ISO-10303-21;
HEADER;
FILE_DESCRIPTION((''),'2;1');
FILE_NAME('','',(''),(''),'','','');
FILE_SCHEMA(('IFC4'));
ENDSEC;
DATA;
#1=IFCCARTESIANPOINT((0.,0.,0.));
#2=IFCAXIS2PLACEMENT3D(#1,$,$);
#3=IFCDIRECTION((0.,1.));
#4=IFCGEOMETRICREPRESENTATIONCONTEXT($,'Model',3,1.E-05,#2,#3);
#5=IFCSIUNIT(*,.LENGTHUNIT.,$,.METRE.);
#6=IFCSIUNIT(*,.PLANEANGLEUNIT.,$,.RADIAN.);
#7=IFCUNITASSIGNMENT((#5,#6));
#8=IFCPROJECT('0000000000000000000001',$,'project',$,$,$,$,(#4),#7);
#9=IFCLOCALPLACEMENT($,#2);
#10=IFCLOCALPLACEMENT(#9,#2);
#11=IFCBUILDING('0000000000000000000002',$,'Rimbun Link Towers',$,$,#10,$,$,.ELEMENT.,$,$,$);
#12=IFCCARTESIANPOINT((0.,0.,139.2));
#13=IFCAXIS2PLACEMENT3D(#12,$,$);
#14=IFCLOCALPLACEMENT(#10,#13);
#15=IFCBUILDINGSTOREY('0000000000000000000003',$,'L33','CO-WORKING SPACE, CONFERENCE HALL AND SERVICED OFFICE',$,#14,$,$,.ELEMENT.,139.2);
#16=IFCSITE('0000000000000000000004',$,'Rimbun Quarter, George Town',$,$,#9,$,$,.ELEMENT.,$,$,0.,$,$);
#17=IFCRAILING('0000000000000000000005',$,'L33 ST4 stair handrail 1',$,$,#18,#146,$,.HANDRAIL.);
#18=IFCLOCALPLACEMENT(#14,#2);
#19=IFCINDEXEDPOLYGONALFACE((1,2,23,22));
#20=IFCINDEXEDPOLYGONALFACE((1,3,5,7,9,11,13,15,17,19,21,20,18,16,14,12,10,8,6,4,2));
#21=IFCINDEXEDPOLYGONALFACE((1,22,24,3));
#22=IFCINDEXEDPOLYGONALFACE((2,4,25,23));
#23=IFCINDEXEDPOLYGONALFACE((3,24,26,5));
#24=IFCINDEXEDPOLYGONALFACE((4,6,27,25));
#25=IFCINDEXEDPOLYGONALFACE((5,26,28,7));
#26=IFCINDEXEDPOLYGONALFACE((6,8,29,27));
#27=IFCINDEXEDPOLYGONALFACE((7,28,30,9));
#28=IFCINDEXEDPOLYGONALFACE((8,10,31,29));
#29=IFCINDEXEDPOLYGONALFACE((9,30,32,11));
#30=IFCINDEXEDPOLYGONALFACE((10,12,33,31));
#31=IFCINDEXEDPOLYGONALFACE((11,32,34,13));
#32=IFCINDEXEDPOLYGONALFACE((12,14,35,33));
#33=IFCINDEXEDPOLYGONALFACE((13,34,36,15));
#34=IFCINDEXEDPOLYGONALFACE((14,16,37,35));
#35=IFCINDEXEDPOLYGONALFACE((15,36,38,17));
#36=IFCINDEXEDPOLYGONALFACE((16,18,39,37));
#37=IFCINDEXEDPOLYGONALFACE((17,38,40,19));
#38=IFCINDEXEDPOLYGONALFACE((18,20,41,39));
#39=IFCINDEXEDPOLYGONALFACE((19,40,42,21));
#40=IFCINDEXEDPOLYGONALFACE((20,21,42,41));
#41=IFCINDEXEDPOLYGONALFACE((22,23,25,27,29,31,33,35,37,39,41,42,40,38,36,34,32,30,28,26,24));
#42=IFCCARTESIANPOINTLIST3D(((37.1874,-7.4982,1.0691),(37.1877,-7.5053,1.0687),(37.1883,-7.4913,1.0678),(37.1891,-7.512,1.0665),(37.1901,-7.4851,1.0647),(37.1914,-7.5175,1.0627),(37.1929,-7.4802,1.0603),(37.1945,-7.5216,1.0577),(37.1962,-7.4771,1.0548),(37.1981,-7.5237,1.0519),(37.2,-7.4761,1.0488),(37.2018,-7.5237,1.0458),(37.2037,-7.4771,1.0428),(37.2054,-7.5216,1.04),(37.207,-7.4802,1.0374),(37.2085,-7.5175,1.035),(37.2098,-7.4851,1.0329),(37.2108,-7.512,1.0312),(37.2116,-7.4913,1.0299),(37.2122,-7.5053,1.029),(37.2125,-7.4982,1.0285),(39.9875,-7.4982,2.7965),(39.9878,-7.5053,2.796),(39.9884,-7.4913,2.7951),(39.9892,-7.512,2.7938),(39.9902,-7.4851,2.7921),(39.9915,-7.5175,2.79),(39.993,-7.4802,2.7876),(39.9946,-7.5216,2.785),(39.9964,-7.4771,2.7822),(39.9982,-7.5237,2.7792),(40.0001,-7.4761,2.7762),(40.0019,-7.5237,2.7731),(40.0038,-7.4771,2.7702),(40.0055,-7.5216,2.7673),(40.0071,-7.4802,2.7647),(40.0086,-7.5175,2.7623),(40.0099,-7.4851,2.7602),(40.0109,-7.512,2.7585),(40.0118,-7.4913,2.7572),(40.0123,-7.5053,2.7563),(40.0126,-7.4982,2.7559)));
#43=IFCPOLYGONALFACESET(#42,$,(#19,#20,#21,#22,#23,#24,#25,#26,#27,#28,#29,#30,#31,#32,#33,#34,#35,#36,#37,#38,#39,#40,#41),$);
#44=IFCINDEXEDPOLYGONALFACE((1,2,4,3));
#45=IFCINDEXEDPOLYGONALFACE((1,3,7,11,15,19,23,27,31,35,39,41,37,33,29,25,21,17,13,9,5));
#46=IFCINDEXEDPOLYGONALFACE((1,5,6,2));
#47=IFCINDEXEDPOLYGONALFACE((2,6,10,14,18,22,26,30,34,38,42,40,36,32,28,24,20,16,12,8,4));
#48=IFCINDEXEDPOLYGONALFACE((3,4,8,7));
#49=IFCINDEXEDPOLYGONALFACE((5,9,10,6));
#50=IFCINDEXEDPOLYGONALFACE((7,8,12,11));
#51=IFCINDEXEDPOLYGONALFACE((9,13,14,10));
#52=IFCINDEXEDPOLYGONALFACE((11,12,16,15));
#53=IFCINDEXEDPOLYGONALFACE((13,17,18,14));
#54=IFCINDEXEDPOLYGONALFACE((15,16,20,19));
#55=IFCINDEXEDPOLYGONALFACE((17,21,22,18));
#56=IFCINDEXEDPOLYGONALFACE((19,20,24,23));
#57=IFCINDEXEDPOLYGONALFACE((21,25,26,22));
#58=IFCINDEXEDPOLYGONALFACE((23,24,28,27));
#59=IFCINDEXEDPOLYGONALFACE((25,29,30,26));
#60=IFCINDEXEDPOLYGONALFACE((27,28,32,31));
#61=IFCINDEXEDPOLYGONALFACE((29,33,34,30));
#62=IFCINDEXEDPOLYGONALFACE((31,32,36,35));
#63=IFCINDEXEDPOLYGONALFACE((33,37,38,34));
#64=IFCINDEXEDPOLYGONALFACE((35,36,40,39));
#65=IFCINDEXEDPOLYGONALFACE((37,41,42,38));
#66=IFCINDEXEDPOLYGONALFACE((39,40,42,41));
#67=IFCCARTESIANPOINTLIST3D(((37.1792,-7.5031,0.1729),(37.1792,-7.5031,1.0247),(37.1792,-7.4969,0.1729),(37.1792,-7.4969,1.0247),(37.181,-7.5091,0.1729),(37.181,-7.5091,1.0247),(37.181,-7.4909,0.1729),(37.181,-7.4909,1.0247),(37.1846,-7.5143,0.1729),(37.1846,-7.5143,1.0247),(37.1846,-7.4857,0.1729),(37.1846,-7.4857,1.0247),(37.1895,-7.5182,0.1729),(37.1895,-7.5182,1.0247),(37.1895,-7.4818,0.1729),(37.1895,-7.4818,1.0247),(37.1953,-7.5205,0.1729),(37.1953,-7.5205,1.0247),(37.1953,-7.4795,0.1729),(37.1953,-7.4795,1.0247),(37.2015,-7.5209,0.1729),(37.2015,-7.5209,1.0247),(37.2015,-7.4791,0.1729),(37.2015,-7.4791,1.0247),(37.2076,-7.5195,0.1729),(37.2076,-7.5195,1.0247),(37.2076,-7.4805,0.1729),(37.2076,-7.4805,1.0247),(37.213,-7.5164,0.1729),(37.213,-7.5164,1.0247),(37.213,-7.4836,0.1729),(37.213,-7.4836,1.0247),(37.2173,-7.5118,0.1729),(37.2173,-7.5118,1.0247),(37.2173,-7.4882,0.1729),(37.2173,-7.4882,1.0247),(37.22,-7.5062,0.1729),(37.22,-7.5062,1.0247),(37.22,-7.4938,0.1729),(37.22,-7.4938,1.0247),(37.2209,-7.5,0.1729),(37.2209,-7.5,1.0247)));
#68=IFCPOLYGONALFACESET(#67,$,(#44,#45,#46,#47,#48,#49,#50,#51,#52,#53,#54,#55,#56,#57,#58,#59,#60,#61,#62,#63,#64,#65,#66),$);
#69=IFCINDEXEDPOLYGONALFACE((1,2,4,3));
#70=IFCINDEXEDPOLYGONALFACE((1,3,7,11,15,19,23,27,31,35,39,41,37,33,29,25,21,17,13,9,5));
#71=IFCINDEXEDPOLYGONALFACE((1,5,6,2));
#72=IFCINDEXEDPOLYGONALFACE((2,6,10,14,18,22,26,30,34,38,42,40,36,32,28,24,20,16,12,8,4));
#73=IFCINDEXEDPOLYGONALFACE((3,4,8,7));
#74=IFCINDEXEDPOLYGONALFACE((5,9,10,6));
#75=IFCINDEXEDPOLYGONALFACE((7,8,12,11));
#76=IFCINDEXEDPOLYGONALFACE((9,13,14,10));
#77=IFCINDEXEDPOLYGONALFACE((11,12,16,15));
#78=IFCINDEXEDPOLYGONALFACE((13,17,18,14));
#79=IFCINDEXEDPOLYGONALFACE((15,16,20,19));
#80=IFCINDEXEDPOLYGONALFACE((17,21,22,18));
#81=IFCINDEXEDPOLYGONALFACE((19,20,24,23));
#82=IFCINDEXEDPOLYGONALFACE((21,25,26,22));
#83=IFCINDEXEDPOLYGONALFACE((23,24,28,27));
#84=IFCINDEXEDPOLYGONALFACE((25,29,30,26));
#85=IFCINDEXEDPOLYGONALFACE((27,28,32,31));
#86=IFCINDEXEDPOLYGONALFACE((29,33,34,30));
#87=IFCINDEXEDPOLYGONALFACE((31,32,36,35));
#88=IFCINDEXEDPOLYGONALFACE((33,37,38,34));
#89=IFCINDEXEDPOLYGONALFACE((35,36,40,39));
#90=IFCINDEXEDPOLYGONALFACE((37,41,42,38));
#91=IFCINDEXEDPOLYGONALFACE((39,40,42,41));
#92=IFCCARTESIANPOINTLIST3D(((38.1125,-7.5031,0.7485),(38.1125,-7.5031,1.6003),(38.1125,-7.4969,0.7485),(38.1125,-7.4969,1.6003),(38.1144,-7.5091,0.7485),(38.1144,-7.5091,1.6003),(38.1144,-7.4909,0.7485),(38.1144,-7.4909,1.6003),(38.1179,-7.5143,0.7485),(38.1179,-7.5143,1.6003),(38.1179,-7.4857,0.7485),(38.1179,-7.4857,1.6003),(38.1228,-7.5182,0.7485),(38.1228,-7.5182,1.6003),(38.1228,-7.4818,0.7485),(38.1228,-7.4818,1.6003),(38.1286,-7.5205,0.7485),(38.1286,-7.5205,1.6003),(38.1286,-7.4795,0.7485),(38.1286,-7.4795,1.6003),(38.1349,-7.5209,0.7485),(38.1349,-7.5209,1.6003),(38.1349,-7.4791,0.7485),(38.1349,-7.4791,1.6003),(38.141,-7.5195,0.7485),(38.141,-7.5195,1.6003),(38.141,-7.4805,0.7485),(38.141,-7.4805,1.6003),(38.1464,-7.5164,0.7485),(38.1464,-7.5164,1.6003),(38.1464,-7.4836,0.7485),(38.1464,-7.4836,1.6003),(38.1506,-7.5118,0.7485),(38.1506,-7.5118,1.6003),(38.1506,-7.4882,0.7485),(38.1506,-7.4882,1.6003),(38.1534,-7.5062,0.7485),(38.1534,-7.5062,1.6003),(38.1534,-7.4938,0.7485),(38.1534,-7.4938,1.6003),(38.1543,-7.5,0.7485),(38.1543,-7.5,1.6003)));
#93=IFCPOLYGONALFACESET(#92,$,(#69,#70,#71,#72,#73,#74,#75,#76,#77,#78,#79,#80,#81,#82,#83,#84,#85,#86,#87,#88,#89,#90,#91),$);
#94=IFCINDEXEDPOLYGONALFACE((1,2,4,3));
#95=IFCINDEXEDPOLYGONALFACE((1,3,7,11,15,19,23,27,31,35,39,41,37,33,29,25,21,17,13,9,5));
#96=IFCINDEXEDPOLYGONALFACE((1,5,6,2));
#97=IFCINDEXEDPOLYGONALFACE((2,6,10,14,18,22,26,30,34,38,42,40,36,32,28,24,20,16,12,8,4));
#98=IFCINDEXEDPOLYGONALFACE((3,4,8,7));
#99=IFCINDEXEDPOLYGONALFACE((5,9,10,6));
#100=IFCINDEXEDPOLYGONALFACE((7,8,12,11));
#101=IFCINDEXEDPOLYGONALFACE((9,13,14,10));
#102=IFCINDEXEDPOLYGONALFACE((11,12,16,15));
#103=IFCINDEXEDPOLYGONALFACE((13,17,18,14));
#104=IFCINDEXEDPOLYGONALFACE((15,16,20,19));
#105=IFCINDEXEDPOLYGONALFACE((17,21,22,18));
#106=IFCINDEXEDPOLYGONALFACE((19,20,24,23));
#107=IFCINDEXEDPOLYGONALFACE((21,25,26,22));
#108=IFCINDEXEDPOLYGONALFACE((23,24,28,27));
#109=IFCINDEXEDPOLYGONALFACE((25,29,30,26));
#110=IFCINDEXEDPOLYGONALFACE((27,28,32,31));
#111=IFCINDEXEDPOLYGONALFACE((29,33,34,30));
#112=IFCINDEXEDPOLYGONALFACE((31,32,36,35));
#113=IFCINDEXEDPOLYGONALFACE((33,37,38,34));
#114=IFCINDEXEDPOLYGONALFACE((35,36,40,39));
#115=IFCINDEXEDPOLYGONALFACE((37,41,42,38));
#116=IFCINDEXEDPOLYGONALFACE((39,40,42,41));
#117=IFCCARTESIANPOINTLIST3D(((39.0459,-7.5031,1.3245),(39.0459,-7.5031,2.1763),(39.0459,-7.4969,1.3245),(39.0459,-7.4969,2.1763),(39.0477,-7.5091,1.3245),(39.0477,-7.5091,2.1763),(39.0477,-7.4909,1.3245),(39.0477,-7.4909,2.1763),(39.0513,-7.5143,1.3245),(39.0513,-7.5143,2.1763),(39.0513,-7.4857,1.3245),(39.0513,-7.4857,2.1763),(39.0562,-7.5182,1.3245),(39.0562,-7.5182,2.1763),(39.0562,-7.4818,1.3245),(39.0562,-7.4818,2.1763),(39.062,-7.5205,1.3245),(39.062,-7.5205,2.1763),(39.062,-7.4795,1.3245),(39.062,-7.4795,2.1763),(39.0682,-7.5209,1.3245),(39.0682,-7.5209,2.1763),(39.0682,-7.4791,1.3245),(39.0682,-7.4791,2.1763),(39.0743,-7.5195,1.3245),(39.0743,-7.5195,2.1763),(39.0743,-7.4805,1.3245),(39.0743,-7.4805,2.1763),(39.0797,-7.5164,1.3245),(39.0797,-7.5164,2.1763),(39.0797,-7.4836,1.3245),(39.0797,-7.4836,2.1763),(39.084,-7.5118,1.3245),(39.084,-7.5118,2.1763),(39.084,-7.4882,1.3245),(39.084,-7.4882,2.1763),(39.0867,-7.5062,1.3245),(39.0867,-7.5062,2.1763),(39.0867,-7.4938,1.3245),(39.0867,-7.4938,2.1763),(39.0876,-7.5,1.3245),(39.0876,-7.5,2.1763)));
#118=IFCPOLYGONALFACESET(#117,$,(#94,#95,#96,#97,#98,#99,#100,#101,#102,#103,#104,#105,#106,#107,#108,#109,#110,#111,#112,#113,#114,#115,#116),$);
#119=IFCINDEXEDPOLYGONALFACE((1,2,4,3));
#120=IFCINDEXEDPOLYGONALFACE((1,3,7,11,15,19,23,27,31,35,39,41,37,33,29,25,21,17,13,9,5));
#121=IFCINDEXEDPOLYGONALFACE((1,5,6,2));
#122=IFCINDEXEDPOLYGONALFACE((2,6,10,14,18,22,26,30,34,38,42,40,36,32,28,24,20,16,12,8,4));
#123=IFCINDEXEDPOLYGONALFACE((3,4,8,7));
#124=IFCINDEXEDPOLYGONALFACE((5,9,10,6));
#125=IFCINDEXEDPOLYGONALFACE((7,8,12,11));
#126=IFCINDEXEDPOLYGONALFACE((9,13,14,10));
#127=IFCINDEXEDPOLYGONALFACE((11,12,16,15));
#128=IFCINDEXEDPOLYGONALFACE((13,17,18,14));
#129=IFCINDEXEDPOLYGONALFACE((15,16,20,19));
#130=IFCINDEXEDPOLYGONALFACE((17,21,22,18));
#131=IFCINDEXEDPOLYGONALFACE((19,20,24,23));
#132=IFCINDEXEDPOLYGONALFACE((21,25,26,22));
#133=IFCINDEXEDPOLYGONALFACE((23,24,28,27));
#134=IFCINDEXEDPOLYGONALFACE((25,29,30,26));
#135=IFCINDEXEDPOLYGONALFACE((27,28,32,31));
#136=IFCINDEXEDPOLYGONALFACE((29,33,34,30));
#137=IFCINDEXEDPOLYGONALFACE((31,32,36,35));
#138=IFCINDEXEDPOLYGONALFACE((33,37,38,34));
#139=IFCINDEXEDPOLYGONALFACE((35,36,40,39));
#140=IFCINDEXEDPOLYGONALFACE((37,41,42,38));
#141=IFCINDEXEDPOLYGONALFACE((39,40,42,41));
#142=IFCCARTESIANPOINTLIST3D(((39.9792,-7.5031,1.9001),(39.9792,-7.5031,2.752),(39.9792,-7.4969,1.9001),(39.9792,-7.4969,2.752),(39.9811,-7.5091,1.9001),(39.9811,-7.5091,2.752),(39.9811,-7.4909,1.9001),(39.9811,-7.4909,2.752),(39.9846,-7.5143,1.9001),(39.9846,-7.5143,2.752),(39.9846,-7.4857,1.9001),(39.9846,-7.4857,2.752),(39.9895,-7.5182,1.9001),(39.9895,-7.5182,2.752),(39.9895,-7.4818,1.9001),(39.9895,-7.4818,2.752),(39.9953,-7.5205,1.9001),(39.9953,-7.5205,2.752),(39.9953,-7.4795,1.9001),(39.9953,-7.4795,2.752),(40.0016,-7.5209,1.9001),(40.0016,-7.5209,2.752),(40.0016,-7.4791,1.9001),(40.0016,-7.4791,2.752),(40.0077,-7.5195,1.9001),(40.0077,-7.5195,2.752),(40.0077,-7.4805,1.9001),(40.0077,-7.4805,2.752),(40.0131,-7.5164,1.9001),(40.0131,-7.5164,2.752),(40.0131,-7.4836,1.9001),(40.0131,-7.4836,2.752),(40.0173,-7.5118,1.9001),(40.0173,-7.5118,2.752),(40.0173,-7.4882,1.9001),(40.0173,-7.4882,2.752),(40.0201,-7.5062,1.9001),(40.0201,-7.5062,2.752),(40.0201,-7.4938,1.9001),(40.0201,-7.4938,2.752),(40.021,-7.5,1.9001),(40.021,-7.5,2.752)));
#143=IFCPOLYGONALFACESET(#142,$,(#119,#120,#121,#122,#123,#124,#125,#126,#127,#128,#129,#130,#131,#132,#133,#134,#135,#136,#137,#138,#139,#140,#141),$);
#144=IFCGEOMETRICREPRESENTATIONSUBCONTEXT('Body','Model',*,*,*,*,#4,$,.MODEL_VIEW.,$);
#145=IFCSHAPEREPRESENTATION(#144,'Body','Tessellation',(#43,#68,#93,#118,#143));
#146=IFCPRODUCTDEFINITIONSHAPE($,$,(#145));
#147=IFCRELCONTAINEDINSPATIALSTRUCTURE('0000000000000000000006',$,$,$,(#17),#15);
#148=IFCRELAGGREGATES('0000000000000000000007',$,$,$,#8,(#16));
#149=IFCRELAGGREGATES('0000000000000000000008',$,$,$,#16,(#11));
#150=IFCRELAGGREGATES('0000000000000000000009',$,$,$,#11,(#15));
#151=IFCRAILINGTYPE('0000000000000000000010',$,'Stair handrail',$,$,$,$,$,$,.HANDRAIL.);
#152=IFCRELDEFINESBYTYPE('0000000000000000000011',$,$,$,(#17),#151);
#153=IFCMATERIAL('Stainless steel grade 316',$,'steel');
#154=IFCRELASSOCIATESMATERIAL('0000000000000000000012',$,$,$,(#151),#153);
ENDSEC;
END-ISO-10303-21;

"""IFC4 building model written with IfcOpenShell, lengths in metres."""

from ifc_helpers import new_model, si_unit, direction, frame, origin, origin_2d, place, context, subcontext, project, spatial, circle, extrude, material, type_object, element, save


model = new_model("IFC4")

# Units and contexts
model_context = context("Model", 3, precision=1e-05, world=origin(), true_north=direction((0.0, 1.0)))
body_context = subcontext(model_context, "Body", "Model", "MODEL_VIEW")
ifc_project = project(units=[si_unit("LENGTHUNIT", "METRE"), si_unit("PLANEANGLEUNIT", "RADIAN")], contexts=[model_context])

# Site, building, storey
site_placement = place(None, origin())
site = spatial("IfcSite", under=ifc_project, at=site_placement, Name="Rimbun Quarter, George Town", CompositionType="ELEMENT", RefElevation=0.0)
building_placement = place(site_placement, origin())
building = spatial("IfcBuilding", under=site, at=building_placement, Name="Rimbun Link Towers", CompositionType="ELEMENT")
storey_placement = place(building_placement, frame((0.0, 0.0, 139.2)))
storey = spatial("IfcBuildingStorey", under=building, at=storey_placement, Name="L33", Description="CO-WORKING SPACE, CONFERENCE HALL AND SERVICED OFFICE", CompositionType="ELEMENT", Elevation=139.2)

# Railing
ifc_material_1 = material(Name="Stainless steel grade 316", Category="steel")
railing_type_1 = type_object("IfcRailingType", Name="Stair handrail", PredefinedType="HANDRAIL", material=ifc_material_1)
railing_1_placement = place(storey_placement, frame((37.2, -7.5, 0.1729)))
element("IfcRailing", 1, at=railing_1_placement, inside=storey, type_object=railing_type_1, Name="L33 ST4 stair handrail 1", PredefinedType="HANDRAIL", context=body_context, shape_type="SweptSolid", body=[
    extrude(circle(Radius=0.0239, at=origin_2d()), frame((0.0, 0.0, 0.876), z_axis=(0.85109, 0.0, 0.52502), x_axis=(0.0, 1.0, 0.0)), (0.0, 0.0, 1.0), 3.29),
    extrude(circle(Radius=0.021, at=origin_2d()), origin(), (0.0, 0.0, 1.0), 0.8518),
    extrude(circle(Radius=0.021, at=origin_2d()), frame((0.9333, 0.0, 0.5757)), (0.0, 0.0, 1.0), 0.8518),
    extrude(circle(Radius=0.021, at=origin_2d()), frame((1.8667, 0.0, 1.1516)), (0.0, 0.0, 1.0), 0.8518),
    extrude(circle(Radius=0.021, at=origin_2d()), frame((2.8, 0.0, 1.7273)), (0.0, 0.0, 1.0), 0.8518),
])

save(model, "model.ifc")
